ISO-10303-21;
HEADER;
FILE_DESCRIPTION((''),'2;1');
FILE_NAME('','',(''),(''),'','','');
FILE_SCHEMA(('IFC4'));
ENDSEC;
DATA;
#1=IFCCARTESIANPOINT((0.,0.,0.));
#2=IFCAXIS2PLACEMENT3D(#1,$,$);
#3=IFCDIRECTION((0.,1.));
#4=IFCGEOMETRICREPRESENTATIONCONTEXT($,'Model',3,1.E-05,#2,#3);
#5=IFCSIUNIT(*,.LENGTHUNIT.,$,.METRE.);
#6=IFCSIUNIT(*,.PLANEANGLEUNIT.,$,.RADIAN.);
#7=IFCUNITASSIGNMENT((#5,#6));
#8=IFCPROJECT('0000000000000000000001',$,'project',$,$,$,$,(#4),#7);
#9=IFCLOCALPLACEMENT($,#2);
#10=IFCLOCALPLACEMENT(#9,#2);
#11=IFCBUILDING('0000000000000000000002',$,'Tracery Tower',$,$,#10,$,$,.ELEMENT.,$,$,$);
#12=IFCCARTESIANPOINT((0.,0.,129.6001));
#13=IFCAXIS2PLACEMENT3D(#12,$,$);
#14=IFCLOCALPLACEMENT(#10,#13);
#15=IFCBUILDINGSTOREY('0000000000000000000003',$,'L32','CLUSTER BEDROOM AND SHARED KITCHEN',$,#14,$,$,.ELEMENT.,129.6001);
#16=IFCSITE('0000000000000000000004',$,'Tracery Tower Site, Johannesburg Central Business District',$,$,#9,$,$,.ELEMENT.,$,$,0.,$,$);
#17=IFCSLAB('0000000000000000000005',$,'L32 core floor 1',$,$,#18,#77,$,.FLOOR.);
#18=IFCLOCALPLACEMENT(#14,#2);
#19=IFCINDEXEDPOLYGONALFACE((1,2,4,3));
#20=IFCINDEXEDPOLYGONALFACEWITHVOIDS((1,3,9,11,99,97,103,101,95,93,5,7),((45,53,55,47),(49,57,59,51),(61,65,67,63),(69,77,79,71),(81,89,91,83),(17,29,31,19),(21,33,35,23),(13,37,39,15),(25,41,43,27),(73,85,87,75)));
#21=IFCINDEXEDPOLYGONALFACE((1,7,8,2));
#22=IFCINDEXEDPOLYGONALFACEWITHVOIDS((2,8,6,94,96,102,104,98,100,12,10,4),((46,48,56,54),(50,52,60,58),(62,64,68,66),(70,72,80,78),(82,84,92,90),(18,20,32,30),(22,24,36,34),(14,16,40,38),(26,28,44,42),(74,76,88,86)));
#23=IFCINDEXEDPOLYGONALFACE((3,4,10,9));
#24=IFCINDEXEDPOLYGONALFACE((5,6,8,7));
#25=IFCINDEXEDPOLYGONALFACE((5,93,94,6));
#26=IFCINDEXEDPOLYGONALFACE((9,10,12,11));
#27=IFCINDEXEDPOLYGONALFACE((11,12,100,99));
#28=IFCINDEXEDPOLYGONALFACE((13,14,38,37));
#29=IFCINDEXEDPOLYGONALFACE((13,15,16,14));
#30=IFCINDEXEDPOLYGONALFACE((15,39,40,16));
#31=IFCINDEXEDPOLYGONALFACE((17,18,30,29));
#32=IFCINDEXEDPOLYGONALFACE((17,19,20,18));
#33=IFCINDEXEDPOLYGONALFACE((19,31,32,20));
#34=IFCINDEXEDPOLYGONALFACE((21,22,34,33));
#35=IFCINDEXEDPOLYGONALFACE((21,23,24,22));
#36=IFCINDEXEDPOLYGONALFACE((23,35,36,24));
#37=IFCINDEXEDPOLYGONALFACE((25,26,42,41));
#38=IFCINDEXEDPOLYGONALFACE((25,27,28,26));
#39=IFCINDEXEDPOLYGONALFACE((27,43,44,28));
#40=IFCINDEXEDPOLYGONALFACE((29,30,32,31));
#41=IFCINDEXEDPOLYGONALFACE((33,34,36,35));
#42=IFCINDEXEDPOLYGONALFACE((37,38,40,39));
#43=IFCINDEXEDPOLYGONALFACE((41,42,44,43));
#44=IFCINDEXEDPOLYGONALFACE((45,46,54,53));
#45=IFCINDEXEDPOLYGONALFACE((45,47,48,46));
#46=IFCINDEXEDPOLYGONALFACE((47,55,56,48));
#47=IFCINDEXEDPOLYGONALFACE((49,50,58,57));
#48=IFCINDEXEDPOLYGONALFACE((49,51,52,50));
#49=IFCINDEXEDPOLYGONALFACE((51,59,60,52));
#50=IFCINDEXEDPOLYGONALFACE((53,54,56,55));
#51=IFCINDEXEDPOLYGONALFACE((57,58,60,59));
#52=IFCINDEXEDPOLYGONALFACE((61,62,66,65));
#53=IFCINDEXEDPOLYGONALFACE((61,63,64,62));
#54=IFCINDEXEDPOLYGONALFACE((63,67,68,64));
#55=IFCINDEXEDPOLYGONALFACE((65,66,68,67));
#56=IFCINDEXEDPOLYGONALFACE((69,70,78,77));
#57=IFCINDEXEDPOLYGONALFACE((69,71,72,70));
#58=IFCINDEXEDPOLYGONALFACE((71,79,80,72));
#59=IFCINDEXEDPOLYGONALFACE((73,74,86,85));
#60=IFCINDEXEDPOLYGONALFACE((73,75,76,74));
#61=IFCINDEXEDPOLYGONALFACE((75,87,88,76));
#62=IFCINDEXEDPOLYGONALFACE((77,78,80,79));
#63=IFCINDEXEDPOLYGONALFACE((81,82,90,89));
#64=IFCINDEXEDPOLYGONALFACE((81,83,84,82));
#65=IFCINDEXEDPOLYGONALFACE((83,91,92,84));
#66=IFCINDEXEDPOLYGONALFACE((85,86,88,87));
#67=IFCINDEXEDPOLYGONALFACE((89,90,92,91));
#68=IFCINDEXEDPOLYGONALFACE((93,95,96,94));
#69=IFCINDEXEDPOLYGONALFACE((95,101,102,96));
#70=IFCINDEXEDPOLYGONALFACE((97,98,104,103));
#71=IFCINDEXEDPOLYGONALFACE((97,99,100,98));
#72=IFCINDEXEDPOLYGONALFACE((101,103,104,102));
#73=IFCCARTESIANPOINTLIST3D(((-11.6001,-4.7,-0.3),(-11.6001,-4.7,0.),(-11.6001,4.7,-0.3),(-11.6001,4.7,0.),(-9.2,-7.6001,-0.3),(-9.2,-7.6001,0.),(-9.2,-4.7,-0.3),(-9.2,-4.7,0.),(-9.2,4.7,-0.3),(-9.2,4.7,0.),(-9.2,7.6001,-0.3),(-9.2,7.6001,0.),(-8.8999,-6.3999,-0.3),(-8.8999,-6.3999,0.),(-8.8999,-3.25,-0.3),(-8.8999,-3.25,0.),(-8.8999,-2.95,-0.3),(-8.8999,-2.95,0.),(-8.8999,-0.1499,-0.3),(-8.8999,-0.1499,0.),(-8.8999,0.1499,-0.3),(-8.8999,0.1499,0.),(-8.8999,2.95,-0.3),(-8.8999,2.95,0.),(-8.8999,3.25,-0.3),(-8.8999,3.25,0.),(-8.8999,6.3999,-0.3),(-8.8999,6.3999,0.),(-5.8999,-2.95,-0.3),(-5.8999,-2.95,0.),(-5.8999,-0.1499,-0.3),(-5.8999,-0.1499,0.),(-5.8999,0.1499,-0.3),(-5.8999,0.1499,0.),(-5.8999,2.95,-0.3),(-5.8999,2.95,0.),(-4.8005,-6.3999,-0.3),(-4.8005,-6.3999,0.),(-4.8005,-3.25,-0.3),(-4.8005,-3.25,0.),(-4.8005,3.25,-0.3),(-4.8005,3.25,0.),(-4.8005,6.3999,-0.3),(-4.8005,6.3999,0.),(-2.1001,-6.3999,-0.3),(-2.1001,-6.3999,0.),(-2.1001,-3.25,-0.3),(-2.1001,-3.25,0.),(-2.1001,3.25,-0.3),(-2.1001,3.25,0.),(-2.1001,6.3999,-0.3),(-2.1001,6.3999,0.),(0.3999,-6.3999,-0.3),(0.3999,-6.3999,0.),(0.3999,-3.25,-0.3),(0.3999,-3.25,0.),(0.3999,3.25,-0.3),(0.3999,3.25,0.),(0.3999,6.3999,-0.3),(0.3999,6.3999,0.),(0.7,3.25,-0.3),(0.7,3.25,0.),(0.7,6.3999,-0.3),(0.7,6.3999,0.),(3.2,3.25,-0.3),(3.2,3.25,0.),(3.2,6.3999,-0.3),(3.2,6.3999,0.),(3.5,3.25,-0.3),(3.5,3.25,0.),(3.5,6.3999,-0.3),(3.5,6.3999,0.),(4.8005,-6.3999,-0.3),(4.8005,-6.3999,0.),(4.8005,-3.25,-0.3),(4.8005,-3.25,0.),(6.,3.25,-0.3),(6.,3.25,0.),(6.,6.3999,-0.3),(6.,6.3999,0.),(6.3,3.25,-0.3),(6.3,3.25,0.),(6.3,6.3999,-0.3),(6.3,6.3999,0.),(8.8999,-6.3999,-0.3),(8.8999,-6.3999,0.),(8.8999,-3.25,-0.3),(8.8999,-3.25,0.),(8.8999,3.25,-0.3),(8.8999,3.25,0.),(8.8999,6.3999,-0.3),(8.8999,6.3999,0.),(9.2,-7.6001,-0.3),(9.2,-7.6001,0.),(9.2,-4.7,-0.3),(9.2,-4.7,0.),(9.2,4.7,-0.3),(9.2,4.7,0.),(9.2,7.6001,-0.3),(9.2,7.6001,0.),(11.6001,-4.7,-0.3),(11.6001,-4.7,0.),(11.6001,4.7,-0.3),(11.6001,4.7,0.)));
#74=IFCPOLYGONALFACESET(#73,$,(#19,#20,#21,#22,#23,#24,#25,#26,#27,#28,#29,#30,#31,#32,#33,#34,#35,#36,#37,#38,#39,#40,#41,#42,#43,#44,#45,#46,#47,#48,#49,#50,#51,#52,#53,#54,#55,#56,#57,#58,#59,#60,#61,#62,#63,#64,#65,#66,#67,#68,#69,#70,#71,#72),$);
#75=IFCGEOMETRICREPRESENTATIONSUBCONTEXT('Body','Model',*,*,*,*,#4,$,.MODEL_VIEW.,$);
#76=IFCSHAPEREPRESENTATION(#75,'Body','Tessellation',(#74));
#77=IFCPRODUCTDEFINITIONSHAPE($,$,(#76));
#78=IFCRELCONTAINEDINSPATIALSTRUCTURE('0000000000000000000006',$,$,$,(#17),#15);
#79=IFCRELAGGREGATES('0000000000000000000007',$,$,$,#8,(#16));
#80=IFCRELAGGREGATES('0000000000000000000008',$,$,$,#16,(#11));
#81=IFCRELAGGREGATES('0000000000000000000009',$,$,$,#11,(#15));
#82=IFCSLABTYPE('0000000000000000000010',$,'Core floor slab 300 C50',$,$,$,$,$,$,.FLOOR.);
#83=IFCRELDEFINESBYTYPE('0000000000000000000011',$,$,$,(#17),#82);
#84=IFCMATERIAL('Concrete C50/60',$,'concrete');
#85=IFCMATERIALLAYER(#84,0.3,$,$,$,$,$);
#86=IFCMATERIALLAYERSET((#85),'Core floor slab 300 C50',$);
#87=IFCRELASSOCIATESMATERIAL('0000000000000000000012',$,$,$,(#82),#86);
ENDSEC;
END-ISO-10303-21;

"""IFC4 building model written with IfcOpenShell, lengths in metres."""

from ifc_helpers import new_model, si_unit, direction, frame, origin, place, context, subcontext, project, spatial, polyline, outline, extrude, material, layer, layer_set, type_object, element, save


model = new_model("IFC4")

# Units and contexts
model_context = context("Model", 3, precision=1e-05, world=origin(), true_north=direction((0.0, 1.0)))
body_context = subcontext(model_context, "Body", "Model", "MODEL_VIEW")
ifc_project = project(units=[si_unit("LENGTHUNIT", "METRE"), si_unit("PLANEANGLEUNIT", "RADIAN")], contexts=[model_context])

# Site, building, storey
site_placement = place(None, origin())
site = spatial("IfcSite", under=ifc_project, at=site_placement, Name="Tracery Tower Site, Johannesburg Central Business District", CompositionType="ELEMENT", RefElevation=0.0)
building_placement = place(site_placement, origin())
building = spatial("IfcBuilding", under=site, at=building_placement, Name="Tracery Tower", CompositionType="ELEMENT")
storey_placement = place(building_placement, frame((0.0, 0.0, 129.6001)))
storey = spatial("IfcBuildingStorey", under=building, at=storey_placement, Name="L32", Description="CLUSTER BEDROOM AND SHARED KITCHEN", CompositionType="ELEMENT", Elevation=129.6001)

# Slab
ifc_material_1 = material(Name="Concrete C50/60", Category="concrete")
ifc_layer_1 = layer(ifc_material_1, 0.3)
ifc_layer_set_1 = layer_set([ifc_layer_1], Name="Core floor slab 300 C50")
slab_type_1 = type_object("IfcSlabType", Name="Core floor slab 300 C50", PredefinedType="FLOOR", material=ifc_layer_set_1)
slab_1_placement = place(storey_placement, frame((0.0, 0.0, -0.3)))
element("IfcSlab", 1, at=slab_1_placement, inside=storey, type_object=slab_type_1, Name="L32 core floor 1", PredefinedType="FLOOR", context=body_context, shape_type="SweptSolid", body=[
    extrude(outline(polyline([(-9.2, 7.6001), (9.2, 7.6001), (9.2, 4.7), (11.6001, 4.7), (11.6001, -4.7), (9.2, -4.7), (9.2, -7.6001), (-9.2, -7.6001), (-9.2, -4.7), (-11.6001, -4.7), (-11.6001, 4.7), (-9.2, 4.7), (-9.2, 7.6001)]), holes=[polyline([(4.8005, -6.3999), (8.8999, -6.3999), (8.8999, -3.25), (4.8005, -3.25), (4.8005, -6.3999)]), polyline([(8.8999, 3.25), (8.8999, 6.3999), (6.3, 6.3999), (6.3, 3.25), (8.8999, 3.25)]), polyline([(6.0, 3.25), (6.0, 6.3999), (3.5, 6.3999), (3.5, 3.25), (6.0, 3.25)]), polyline([(3.2, 3.25), (3.2, 6.3999), (0.7, 6.3999), (0.7, 3.25), (3.2, 3.25)]), polyline([(-2.1001, 3.25), (0.3999, 3.25), (0.3999, 6.3999), (-2.1001, 6.3999), (-2.1001, 3.25)]), polyline([(0.3999, -6.3999), (0.3999, -3.25), (-2.1001, -3.25), (-2.1001, -6.3999), (0.3999, -6.3999)]), polyline([(-4.8005, -3.25), (-8.8999, -3.25), (-8.8999, -6.3999), (-4.8005, -6.3999), (-4.8005, -3.25)]), polyline([(-4.8005, 6.3999), (-8.8999, 6.3999), (-8.8999, 3.25), (-4.8005, 3.25), (-4.8005, 6.3999)]), polyline([(-5.8999, -2.95), (-5.8999, -0.1499), (-8.8999, -0.1499), (-8.8999, -2.95), (-5.8999, -2.95)]), polyline([(-5.8999, 0.1499), (-5.8999, 2.95), (-8.8999, 2.95), (-8.8999, 0.1499), (-5.8999, 0.1499)])]), origin(), (0.0, 0.0, 1.0), 0.3),
])

save(model, "model.ifc")
